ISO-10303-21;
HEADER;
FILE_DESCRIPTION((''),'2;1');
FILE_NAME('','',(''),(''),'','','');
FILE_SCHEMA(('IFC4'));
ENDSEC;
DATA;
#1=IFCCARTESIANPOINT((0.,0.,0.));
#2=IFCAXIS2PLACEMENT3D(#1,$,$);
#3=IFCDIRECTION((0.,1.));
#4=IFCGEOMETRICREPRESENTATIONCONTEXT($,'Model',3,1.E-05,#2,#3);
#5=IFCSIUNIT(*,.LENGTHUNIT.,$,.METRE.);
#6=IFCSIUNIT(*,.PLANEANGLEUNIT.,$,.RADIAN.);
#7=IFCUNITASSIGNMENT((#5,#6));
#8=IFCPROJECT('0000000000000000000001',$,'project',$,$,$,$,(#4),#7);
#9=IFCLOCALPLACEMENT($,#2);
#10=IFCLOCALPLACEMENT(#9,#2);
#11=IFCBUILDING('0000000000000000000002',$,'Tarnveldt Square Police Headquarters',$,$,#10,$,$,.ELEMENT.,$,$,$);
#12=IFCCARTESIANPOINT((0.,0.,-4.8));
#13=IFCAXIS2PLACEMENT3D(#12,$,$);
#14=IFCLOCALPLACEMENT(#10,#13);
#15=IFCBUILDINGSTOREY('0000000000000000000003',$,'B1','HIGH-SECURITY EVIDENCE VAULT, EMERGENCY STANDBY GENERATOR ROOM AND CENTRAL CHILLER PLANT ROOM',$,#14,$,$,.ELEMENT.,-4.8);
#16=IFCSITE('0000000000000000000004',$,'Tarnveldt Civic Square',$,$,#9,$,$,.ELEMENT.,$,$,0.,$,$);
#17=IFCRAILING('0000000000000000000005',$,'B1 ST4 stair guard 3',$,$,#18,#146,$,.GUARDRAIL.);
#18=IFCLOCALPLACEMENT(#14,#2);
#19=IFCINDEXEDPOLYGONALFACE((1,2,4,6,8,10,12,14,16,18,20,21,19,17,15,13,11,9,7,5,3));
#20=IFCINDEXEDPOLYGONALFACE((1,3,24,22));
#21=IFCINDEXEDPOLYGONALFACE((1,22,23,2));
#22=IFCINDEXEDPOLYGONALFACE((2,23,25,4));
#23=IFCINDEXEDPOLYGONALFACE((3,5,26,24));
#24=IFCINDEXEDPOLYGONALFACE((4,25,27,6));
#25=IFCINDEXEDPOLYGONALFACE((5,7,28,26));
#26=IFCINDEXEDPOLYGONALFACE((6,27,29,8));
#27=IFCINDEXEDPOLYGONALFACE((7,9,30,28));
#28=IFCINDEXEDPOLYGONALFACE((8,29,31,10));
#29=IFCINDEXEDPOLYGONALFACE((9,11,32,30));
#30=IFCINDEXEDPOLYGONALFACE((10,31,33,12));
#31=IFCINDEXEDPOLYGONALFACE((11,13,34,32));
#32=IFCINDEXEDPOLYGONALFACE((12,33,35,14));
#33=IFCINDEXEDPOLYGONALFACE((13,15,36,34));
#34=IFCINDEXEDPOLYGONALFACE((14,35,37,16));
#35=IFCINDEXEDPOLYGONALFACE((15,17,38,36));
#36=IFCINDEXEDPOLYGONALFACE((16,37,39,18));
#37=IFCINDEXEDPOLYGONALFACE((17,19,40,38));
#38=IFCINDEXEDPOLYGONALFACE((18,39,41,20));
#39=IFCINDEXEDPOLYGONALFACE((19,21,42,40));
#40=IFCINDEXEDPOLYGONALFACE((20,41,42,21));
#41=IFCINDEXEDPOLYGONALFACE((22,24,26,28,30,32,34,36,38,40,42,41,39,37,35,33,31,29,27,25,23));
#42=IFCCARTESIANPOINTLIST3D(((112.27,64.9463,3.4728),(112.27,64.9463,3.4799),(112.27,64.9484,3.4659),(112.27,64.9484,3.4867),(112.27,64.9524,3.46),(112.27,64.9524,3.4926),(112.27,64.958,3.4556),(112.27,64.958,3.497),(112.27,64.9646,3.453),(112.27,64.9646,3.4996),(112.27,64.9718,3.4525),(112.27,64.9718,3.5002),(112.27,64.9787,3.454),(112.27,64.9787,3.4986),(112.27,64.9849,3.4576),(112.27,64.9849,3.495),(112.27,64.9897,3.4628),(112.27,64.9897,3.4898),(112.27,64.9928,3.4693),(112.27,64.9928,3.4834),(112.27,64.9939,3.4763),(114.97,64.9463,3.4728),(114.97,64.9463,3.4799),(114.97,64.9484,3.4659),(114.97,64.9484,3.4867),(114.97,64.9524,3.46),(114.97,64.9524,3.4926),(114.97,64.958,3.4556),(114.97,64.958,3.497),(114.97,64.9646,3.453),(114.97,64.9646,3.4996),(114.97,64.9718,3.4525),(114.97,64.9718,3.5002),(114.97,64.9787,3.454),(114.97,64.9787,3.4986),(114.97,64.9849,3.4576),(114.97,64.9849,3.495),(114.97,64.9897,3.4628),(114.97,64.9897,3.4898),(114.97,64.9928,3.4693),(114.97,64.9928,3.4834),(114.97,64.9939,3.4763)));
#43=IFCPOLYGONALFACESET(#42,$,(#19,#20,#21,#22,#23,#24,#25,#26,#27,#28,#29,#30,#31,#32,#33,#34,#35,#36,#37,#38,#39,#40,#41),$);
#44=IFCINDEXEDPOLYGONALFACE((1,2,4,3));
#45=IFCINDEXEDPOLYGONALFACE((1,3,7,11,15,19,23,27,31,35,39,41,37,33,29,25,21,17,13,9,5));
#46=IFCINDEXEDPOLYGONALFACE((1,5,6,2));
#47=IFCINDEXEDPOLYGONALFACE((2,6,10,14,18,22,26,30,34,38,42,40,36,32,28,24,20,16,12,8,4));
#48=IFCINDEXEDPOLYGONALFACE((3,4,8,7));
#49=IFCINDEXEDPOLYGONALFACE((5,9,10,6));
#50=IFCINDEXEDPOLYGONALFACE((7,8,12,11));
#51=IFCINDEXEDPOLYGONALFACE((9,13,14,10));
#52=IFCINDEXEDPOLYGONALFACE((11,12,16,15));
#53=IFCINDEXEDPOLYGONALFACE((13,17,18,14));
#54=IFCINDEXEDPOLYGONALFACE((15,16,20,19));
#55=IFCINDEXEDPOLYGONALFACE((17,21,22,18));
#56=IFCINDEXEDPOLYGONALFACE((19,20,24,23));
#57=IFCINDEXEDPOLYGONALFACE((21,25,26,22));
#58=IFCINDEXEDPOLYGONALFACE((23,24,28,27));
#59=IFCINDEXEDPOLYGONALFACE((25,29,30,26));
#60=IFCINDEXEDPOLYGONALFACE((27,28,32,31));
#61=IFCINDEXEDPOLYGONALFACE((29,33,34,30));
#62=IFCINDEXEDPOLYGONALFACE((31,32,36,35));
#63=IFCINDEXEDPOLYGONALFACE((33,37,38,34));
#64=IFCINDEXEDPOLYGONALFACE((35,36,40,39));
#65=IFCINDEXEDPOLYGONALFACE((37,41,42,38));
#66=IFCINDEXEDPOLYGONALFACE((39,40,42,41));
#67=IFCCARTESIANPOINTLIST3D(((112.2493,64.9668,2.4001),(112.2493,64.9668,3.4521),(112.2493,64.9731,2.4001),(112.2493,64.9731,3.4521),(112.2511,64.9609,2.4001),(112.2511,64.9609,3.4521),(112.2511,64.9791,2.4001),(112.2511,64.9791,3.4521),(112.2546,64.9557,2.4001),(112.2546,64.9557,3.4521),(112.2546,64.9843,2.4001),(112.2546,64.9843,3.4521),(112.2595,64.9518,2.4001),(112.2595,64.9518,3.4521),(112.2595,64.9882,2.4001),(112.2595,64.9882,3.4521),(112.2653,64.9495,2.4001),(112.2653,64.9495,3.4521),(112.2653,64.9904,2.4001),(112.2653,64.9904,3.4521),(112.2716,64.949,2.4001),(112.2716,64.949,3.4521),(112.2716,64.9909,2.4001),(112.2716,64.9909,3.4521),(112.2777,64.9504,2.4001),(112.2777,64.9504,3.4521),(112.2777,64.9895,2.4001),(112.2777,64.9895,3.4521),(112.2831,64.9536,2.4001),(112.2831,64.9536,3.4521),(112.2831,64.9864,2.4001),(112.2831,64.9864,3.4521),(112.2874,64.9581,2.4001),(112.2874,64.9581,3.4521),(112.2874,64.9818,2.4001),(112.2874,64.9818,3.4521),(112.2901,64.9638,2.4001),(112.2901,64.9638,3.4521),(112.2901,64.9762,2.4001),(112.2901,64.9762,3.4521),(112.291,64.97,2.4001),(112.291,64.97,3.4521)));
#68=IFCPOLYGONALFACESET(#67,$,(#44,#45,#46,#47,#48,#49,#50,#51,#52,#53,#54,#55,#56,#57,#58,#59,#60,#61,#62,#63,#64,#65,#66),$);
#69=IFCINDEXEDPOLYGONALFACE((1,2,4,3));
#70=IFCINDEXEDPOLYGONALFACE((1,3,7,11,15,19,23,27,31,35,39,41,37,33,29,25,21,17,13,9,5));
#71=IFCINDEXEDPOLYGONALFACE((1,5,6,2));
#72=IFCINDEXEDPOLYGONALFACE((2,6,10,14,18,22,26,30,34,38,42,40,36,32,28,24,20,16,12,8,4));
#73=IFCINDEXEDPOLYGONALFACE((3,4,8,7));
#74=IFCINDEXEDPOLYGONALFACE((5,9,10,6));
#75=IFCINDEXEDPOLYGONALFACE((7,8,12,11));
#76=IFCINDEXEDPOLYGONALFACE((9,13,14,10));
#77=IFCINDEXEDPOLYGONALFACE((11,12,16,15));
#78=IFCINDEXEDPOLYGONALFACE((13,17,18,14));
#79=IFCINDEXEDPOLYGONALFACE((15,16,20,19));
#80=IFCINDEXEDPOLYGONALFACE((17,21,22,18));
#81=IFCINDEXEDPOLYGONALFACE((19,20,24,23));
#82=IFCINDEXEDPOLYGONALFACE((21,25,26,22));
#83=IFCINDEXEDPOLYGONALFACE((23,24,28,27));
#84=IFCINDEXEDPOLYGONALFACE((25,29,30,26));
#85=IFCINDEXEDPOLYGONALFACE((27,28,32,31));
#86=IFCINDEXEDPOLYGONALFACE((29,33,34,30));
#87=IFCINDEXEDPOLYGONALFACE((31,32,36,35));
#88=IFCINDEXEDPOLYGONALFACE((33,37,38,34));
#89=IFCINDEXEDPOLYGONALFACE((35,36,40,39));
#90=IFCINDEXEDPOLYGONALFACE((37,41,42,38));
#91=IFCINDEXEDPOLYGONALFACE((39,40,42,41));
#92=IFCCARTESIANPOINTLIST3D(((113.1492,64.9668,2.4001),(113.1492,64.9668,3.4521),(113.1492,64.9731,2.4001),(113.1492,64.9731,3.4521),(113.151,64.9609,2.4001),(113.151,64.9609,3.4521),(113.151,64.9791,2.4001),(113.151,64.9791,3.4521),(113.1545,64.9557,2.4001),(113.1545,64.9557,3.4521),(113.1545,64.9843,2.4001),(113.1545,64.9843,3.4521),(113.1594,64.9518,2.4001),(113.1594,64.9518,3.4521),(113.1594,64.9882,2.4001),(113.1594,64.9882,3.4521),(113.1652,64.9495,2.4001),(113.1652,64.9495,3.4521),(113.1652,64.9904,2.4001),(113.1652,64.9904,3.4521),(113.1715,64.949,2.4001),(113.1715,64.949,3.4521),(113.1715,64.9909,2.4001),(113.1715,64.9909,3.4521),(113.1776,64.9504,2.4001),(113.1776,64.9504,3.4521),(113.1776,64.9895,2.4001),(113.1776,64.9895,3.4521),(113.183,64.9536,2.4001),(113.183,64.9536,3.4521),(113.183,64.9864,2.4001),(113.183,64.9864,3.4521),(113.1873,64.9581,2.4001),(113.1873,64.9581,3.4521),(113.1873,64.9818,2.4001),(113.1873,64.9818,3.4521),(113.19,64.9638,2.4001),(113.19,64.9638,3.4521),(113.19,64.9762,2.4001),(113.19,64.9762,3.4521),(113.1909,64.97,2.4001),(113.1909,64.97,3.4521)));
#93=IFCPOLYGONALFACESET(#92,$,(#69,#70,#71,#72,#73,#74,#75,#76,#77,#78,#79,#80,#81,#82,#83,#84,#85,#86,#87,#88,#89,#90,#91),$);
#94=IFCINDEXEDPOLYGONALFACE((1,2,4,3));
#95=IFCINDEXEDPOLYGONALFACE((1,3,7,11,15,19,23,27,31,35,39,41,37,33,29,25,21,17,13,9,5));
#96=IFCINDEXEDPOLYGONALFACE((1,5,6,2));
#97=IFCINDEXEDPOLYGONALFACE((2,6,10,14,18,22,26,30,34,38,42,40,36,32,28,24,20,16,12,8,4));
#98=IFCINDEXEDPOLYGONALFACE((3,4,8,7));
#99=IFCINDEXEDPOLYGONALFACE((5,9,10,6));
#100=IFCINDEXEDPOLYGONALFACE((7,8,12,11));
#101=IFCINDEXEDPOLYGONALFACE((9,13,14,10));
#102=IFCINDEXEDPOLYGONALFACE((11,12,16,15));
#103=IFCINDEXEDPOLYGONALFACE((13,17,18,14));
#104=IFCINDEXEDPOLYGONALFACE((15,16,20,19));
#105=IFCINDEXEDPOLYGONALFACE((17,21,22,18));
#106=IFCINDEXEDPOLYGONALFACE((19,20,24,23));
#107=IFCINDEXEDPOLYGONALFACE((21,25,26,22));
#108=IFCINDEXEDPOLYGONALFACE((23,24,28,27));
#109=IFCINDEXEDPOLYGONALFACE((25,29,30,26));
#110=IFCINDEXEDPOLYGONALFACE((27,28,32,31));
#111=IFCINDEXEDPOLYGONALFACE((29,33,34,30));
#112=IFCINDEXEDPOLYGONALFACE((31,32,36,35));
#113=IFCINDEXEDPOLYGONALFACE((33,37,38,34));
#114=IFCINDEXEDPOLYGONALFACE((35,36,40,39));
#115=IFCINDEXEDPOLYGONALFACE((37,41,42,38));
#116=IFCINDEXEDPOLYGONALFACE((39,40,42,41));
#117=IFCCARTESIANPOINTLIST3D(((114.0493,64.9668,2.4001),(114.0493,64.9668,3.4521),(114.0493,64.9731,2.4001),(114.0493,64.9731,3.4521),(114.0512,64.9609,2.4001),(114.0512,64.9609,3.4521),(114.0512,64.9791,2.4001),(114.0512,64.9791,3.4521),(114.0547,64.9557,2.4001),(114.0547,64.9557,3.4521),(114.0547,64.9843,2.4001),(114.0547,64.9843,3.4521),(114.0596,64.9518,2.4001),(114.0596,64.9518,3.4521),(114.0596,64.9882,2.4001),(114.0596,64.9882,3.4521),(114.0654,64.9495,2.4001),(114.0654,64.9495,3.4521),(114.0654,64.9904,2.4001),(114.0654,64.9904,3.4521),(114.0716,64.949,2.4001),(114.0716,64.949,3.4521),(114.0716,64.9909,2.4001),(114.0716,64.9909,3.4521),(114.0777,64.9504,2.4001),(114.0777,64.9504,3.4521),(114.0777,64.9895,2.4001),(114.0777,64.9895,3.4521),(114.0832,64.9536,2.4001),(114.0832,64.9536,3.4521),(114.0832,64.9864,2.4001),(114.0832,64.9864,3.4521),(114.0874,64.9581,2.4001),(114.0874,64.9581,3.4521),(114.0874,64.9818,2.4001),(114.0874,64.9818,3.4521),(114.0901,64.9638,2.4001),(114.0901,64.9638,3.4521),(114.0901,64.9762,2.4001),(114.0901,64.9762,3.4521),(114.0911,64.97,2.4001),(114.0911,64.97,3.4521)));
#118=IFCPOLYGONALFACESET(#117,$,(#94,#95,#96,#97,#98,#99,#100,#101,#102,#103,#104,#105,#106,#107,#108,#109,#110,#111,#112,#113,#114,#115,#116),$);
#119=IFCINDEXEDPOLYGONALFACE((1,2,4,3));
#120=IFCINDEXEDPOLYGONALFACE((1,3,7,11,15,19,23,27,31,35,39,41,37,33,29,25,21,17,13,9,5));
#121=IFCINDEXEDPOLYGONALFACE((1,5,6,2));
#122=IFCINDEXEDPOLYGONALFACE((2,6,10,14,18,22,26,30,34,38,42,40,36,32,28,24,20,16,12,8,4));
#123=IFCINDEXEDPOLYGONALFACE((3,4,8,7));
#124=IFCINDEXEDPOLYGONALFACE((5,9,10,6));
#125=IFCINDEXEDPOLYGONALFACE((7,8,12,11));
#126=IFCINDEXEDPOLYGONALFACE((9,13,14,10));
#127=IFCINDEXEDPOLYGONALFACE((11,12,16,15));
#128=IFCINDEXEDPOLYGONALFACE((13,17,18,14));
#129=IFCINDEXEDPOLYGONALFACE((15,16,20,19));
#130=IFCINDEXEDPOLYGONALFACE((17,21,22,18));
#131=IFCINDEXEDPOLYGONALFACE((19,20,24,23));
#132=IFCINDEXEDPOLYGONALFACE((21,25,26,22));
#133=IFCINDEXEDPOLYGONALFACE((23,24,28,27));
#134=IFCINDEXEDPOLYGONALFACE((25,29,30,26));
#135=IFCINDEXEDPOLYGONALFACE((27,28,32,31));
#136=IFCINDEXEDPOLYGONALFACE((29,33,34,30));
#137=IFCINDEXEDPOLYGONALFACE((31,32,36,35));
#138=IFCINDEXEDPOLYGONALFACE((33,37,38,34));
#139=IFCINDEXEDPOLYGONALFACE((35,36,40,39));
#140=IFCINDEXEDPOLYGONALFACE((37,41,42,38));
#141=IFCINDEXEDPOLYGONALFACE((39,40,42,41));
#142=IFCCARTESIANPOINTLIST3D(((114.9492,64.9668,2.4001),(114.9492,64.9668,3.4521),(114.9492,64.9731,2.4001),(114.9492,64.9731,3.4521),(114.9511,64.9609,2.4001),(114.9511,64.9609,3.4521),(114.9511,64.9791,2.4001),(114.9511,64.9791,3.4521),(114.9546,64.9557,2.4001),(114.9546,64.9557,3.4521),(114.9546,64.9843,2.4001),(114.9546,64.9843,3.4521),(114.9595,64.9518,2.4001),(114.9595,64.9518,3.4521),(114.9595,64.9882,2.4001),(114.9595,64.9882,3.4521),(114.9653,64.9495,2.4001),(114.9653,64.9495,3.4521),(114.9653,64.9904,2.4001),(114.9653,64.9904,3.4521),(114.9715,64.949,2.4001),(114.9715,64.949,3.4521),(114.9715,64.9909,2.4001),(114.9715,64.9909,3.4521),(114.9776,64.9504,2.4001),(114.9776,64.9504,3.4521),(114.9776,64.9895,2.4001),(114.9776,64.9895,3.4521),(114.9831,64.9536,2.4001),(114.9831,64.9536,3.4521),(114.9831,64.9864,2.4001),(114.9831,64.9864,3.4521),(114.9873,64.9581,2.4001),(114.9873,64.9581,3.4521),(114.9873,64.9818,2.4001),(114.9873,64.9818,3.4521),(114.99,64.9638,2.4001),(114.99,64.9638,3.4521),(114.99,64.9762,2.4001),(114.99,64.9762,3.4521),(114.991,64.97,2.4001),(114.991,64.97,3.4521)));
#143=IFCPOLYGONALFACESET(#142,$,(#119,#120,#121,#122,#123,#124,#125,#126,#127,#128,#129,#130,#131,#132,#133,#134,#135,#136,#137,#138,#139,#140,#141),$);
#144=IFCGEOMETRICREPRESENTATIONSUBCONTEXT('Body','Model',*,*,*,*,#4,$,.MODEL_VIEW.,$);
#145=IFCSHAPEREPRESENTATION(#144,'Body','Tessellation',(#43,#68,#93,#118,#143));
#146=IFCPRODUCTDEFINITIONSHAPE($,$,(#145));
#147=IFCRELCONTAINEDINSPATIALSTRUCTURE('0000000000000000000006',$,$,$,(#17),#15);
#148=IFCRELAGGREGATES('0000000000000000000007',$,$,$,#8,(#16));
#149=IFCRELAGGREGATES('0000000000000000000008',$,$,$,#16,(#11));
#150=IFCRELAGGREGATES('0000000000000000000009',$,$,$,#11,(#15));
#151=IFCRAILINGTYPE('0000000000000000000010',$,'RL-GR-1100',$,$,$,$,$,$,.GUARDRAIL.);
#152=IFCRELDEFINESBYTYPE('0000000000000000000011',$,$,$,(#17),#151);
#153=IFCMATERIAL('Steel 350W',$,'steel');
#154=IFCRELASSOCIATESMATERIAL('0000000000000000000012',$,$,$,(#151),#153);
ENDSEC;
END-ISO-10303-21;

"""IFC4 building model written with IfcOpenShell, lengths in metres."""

from ifc_helpers import new_model, si_unit, direction, frame, origin, origin_2d, place, context, subcontext, project, spatial, circle, extrude, material, type_object, element, save


model = new_model("IFC4")

# Units and contexts
model_context = context("Model", 3, precision=1e-05, world=origin(), true_north=direction((0.0, 1.0)))
body_context = subcontext(model_context, "Body", "Model", "MODEL_VIEW")
ifc_project = project(units=[si_unit("LENGTHUNIT", "METRE"), si_unit("PLANEANGLEUNIT", "RADIAN")], contexts=[model_context])

# Site, building, storey
site_placement = place(None, origin())
site = spatial("IfcSite", under=ifc_project, at=site_placement, Name="Tarnveldt Civic Square", CompositionType="ELEMENT", RefElevation=0.0)
building_placement = place(site_placement, origin())
building = spatial("IfcBuilding", under=site, at=building_placement, Name="Tarnveldt Square Police Headquarters", CompositionType="ELEMENT")
storey_placement = place(building_placement, frame((0.0, 0.0, -4.8)))
storey = spatial("IfcBuildingStorey", under=building, at=storey_placement, Name="B1", Description="HIGH-SECURITY EVIDENCE VAULT, EMERGENCY STANDBY GENERATOR ROOM AND CENTRAL CHILLER PLANT ROOM", CompositionType="ELEMENT", Elevation=-4.8)

# Railing
ifc_material_1 = material(Name="Steel 350W", Category="steel")
railing_type_1 = type_object("IfcRailingType", Name="RL-GR-1100", PredefinedType="GUARDRAIL", material=ifc_material_1)
railing_1_placement = place(storey_placement, frame((112.27, 64.97, 2.4001)))
element("IfcRailing", 1, at=railing_1_placement, inside=storey, type_object=railing_type_1, Name="B1 ST4 stair guard 3", PredefinedType="GUARDRAIL", context=body_context, shape_type="SweptSolid", body=[
    extrude(circle(Radius=0.0239, at=origin_2d()), frame((0.0, 0.0, 1.0762), z_axis=(1.0, 0.0, 0.0), x_axis=(0.0, 1.0, 0.0)), (0.0, 0.0, 1.0), 2.7),
    extrude(circle(Radius=0.021, at=origin_2d()), origin(), (0.0, 0.0, 1.0), 1.052),
    extrude(circle(Radius=0.021, at=origin_2d()), frame((0.8999, 0.0, 0.0)), (0.0, 0.0, 1.0), 1.052),
    extrude(circle(Radius=0.021, at=origin_2d()), frame((1.8, 0.0, 0.0)), (0.0, 0.0, 1.0), 1.052),
    extrude(circle(Radius=0.021, at=origin_2d()), frame((2.7, 0.0, 0.0)), (0.0, 0.0, 1.0), 1.052),
])

save(model, "model.ifc")
